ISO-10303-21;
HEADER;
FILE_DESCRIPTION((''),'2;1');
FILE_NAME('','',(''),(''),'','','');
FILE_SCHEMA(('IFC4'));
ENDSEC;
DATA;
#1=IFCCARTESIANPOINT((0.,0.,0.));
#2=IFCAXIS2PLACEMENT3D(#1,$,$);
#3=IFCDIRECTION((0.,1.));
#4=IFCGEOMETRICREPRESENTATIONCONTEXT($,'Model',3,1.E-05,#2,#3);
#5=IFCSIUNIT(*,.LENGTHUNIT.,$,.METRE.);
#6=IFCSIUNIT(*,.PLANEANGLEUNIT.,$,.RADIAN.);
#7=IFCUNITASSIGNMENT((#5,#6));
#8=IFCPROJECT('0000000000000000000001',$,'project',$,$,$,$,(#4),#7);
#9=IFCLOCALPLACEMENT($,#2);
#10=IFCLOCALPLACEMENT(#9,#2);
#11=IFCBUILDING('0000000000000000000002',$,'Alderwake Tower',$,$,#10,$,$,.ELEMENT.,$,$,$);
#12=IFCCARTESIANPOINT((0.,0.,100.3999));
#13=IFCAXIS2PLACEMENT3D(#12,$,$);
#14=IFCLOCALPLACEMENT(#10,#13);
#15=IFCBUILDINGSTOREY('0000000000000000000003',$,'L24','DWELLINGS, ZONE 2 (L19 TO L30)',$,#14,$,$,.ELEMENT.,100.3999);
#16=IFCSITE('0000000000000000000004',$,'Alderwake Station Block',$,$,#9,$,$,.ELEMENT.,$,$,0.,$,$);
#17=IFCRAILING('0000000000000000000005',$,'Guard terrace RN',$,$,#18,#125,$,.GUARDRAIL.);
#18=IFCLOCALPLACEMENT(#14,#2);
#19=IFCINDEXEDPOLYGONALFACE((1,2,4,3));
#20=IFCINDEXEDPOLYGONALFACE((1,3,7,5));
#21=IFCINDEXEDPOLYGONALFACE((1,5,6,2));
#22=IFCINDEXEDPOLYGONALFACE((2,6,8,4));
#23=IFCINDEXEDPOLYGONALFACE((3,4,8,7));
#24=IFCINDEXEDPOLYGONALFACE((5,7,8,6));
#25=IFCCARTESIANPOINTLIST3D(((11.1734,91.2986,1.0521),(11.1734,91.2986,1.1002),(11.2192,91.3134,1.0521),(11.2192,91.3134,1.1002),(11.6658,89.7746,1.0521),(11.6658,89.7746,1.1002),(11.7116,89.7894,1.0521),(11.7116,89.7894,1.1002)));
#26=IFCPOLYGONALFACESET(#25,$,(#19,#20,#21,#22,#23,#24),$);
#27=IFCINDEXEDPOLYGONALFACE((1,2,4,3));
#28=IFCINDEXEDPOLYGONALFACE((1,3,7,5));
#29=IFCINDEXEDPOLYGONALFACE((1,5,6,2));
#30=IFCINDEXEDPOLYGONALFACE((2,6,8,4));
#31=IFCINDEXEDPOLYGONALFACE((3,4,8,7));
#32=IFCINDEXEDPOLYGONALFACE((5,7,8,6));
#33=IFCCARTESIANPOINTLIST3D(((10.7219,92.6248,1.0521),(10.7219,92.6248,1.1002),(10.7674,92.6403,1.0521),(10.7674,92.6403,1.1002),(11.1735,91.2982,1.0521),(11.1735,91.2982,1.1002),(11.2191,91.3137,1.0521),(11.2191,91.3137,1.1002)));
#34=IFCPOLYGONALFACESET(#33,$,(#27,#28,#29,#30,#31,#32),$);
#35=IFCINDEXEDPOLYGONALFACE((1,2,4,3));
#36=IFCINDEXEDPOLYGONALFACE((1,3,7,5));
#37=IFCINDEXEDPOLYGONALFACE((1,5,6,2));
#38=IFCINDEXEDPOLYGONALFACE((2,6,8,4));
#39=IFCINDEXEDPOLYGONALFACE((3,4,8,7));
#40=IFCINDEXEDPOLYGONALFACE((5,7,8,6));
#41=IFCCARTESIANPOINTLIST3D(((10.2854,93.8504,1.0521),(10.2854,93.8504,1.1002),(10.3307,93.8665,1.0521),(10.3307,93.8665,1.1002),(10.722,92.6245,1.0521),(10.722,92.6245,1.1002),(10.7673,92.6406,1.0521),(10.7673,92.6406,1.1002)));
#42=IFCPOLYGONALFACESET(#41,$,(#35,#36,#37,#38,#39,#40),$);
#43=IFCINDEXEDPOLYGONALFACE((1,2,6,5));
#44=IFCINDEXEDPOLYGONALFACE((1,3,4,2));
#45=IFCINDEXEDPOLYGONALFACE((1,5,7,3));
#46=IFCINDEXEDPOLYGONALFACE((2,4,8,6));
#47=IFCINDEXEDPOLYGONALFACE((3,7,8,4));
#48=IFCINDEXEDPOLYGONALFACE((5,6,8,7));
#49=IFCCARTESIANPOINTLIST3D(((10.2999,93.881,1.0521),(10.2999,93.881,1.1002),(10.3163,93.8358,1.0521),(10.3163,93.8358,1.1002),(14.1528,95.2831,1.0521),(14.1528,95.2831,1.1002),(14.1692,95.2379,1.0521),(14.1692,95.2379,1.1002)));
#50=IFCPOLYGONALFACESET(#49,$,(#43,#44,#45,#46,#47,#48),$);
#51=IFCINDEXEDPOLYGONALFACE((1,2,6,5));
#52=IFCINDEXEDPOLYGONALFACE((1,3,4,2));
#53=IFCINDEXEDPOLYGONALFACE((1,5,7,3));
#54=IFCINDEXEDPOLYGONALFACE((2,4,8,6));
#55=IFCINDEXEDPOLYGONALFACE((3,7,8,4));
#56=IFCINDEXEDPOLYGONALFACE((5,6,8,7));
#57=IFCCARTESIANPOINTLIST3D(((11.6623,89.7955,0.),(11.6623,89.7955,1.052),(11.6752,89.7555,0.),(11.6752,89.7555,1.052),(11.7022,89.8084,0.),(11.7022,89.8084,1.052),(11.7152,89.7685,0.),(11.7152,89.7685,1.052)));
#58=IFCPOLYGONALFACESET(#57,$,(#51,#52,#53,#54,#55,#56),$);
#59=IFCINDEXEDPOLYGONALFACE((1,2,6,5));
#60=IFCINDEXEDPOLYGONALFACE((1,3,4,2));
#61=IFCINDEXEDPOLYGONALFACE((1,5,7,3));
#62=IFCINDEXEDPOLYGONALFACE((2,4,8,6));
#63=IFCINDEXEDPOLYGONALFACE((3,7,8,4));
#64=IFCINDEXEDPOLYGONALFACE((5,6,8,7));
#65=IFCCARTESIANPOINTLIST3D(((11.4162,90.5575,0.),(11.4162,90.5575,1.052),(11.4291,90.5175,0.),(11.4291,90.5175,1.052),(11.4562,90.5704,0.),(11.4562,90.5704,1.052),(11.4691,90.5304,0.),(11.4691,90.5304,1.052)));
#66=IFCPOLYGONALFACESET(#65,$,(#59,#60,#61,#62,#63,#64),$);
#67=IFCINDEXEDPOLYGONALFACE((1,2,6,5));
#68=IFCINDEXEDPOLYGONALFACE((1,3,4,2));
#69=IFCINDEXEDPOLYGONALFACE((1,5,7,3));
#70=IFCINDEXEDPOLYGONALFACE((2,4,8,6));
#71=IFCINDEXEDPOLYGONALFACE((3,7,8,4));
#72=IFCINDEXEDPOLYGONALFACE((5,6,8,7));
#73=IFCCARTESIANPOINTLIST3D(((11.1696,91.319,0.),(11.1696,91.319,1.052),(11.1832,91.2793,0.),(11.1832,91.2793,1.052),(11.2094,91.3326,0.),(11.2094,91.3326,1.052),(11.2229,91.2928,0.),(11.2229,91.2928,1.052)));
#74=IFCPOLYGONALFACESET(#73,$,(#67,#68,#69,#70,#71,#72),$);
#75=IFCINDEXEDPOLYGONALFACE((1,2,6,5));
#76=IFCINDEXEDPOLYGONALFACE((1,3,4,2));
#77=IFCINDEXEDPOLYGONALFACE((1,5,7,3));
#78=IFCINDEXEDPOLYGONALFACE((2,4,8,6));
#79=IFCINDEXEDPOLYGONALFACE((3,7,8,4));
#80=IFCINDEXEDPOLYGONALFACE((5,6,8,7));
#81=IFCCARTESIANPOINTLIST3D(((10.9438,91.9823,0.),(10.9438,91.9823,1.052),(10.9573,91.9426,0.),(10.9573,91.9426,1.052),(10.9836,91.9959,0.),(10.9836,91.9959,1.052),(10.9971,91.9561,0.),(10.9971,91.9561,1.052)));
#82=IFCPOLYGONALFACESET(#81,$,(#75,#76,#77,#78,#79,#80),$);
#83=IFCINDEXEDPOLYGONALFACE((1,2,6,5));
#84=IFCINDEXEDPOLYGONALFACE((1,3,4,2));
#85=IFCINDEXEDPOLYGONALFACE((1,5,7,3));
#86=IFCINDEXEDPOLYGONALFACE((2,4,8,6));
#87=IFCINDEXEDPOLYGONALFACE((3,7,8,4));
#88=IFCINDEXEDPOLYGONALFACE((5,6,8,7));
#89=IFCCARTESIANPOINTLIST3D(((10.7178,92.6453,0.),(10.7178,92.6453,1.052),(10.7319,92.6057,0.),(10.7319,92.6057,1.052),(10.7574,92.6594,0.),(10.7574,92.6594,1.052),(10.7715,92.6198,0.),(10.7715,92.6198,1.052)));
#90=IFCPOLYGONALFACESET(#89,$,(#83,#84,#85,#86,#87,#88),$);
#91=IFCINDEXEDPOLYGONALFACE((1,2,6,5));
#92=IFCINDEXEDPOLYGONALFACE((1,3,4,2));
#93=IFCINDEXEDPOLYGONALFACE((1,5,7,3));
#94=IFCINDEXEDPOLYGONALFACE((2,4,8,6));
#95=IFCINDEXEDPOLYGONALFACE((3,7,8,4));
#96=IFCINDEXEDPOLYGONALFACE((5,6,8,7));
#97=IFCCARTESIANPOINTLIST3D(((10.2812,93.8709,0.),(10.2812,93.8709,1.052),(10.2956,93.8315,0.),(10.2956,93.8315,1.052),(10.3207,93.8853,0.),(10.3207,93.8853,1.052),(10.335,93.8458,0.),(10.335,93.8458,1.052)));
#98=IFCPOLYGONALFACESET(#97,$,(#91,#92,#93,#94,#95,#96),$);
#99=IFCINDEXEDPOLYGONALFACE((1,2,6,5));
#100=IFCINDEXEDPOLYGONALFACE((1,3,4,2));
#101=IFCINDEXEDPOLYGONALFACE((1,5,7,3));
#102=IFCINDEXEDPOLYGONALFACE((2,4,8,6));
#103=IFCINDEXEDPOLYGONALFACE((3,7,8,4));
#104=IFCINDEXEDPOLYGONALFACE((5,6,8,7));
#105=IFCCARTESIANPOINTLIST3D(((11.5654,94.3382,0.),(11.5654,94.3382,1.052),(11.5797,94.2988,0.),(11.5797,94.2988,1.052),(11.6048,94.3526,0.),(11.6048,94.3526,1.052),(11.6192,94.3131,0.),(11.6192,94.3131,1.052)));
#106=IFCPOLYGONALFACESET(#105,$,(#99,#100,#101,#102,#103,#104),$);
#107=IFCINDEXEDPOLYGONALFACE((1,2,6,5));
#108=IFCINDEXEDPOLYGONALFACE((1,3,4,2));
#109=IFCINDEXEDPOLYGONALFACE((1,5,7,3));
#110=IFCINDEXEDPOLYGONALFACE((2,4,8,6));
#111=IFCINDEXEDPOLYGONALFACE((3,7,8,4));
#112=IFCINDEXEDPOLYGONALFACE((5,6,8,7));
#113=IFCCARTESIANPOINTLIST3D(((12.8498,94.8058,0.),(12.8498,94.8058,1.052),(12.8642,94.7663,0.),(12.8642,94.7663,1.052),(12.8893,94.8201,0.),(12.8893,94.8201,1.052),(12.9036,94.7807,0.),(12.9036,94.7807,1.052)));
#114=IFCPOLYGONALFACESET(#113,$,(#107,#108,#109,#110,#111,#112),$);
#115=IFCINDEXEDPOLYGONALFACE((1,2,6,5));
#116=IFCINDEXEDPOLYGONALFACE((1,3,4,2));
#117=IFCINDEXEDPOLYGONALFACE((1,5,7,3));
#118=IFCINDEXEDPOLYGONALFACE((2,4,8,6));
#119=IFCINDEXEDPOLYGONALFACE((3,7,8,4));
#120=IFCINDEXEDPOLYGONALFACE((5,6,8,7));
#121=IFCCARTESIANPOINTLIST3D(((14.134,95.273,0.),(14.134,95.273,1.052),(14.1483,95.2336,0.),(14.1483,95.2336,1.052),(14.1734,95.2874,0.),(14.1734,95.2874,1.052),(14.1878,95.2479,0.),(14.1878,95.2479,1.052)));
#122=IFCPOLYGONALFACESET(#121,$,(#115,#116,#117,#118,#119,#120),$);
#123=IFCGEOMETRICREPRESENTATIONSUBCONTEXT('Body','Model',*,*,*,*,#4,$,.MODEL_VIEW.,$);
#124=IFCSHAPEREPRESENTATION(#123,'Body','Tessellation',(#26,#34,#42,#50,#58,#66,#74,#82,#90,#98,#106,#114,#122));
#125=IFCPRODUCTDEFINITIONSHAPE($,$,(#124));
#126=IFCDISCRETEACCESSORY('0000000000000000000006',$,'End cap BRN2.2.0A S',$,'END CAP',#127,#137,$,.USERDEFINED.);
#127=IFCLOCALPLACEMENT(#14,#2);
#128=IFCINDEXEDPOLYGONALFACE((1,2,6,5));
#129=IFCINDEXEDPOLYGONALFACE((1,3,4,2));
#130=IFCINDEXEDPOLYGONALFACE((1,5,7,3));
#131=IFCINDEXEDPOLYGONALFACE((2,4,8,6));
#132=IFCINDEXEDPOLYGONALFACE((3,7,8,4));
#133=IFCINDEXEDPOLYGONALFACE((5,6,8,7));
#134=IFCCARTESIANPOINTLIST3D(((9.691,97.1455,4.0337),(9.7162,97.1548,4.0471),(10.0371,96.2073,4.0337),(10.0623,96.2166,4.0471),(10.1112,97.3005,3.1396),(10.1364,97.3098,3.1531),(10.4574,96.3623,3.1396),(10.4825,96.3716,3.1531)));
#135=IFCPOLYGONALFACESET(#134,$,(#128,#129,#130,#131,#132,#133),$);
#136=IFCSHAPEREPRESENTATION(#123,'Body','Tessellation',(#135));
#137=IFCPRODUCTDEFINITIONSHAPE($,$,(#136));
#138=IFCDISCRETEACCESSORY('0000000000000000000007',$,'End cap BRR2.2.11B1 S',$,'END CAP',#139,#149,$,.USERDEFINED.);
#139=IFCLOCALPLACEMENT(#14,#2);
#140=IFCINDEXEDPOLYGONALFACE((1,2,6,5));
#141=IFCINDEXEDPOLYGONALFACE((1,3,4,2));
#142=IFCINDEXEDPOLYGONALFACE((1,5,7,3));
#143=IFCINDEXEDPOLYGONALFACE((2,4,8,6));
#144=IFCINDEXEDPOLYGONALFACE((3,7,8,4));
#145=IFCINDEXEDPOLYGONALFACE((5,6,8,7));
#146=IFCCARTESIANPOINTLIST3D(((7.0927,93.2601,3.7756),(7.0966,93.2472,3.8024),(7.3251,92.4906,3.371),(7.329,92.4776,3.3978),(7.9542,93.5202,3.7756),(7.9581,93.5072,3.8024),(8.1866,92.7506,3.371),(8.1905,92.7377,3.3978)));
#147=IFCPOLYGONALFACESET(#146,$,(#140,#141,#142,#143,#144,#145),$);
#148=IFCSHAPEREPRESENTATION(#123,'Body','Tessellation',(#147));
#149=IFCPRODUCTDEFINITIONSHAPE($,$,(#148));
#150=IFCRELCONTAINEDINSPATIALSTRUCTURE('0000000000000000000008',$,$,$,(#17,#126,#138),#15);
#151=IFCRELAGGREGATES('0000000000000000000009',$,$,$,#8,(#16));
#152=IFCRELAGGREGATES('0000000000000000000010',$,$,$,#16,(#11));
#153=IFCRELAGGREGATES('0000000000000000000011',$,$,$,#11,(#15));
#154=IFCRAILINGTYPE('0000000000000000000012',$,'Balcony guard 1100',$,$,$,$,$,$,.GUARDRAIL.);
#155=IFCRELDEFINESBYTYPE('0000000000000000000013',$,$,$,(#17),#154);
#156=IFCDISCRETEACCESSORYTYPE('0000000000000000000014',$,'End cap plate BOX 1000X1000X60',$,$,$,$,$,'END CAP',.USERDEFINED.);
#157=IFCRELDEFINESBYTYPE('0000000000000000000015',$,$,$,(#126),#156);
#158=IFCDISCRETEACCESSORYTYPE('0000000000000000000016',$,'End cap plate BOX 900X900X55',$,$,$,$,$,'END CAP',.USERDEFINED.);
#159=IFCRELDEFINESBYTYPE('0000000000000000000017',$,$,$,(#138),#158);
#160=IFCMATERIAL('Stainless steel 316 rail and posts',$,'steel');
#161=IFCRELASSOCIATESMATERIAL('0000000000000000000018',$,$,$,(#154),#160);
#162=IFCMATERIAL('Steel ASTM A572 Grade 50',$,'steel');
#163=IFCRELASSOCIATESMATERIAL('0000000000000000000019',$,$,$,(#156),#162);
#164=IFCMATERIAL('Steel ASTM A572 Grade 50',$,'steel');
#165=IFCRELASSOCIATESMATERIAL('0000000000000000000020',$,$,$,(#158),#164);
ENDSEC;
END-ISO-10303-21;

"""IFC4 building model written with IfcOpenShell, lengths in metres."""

from ifc_helpers import new_model, si_unit, direction, frame, origin, origin_2d, place, context, subcontext, project, spatial, rectangle, extrude, material, material_profile, profile_set, type_object, element, save


model = new_model("IFC4")

# Units and contexts
model_context = context("Model", 3, precision=1e-05, world=origin(), true_north=direction((0.0, 1.0)))
body_context = subcontext(model_context, "Body", "Model", "MODEL_VIEW")
ifc_project = project(units=[si_unit("LENGTHUNIT", "METRE"), si_unit("PLANEANGLEUNIT", "RADIAN")], contexts=[model_context])

# Site, building, storey
site_placement = place(None, origin())
site = spatial("IfcSite", under=ifc_project, at=site_placement, Name="Alderwake Station Block", CompositionType="ELEMENT", RefElevation=0.0)
building_placement = place(site_placement, origin())
building = spatial("IfcBuilding", under=site, at=building_placement, Name="Alderwake Tower", CompositionType="ELEMENT")
storey_placement = place(building_placement, frame((0.0, 0.0, 100.3999)))
storey = spatial("IfcBuildingStorey", under=building, at=storey_placement, Name="L24", Description="DWELLINGS, ZONE 2 (L19 TO L30)", CompositionType="ELEMENT", Elevation=100.3999)

# Railing
ifc_material_1 = material(Name="Stainless steel 316 rail and posts", Category="steel")
railing_type = type_object("IfcRailingType", Name="Balcony guard 1100", PredefinedType="GUARDRAIL", material=ifc_material_1)
railing_1_placement = place(storey_placement, frame((11.6887, 89.782, 0.0)))
element("IfcRailing", 1, at=railing_1_placement, inside=storey, type_object=railing_type, Name="Guard terrace RN", PredefinedType="GUARDRAIL", context=body_context, shape_type="SweptSolid", body=[
    extrude(rectangle(XDim=0.0481, YDim=0.0481, at=origin_2d()), frame((0.0, 0.0, 1.0762), z_axis=(-0.307479, 0.951555, 0.0), x_axis=(-0.951555, -0.307479, 0.0)), (0.0, 0.0, 1.0), 1.6016),
    extrude(rectangle(XDim=0.0481, YDim=0.0481, at=origin_2d()), frame((-0.4924, 1.5239, 1.0762), z_axis=(-0.322284, 0.946643, 0.0), x_axis=(-0.946643, -0.322284, 0.0)), (0.0, 0.0, 1.0), 1.4014),
    extrude(rectangle(XDim=0.0481, YDim=0.0481, at=origin_2d()), frame((-0.9441, 2.8506, 1.0762), z_axis=(-0.335469, 0.942051, 0.0), x_axis=(-0.942051, -0.335469, 0.0)), (0.0, 0.0, 1.0), 1.3013),
    extrude(rectangle(XDim=0.0481, YDim=0.0481, at=origin_2d()), frame((-1.3806, 4.0764, 1.0762), z_axis=(0.939708, 0.341977, 0.0), x_axis=(-0.341977, 0.939708, 0.0)), (0.0, 0.0, 1.0), 4.1001),
    extrude(rectangle(XDim=0.042, YDim=0.042, at=origin_2d()), frame((0.0, 0.0, 0.0), z_axis=(0.0, 0.0, 1.0), x_axis=(-0.307479, 0.951555, 0.0)), (0.0, 0.0, 1.0), 1.052),
    extrude(rectangle(XDim=0.042, YDim=0.042, at=origin_2d()), frame((-0.2461, 0.762, 0.0), z_axis=(0.0, 0.0, 1.0), x_axis=(-0.307479, 0.951555, 0.0)), (0.0, 0.0, 1.0), 1.052),
    extrude(rectangle(XDim=0.042, YDim=0.042, at=origin_2d()), frame((-0.4924, 1.5239, 0.0), z_axis=(0.0, 0.0, 1.0), x_axis=(-0.322284, 0.946643, 0.0)), (0.0, 0.0, 1.0), 1.052),
    extrude(rectangle(XDim=0.042, YDim=0.042, at=origin_2d()), frame((-0.7183, 2.1873, 0.0), z_axis=(0.0, 0.0, 1.0), x_axis=(-0.322284, 0.946643, 0.0)), (0.0, 0.0, 1.0), 1.052),
    extrude(rectangle(XDim=0.042, YDim=0.042, at=origin_2d()), frame((-0.9441, 2.8506, 0.0), z_axis=(0.0, 0.0, 1.0), x_axis=(-0.335469, 0.942051, 0.0)), (0.0, 0.0, 1.0), 1.052),
    extrude(rectangle(XDim=0.042, YDim=0.042, at=origin_2d()), frame((-1.3806, 4.0764, 0.0), z_axis=(0.0, 0.0, 1.0), x_axis=(0.939708, 0.341977, 0.0)), (0.0, 0.0, 1.0), 1.052),
    extrude(rectangle(XDim=0.042, YDim=0.042, at=origin_2d()), frame((-0.0964, 4.5437, 0.0), z_axis=(0.0, 0.0, 1.0), x_axis=(0.939708, 0.341977, 0.0)), (0.0, 0.0, 1.0), 1.052),
    extrude(rectangle(XDim=0.042, YDim=0.042, at=origin_2d()), frame((1.188, 5.0112, 0.0), z_axis=(0.0, 0.0, 1.0), x_axis=(0.939708, 0.341977, 0.0)), (0.0, 0.0, 1.0), 1.052),
    extrude(rectangle(XDim=0.042, YDim=0.042, at=origin_2d()), frame((2.4722, 5.4785, 0.0), z_axis=(0.0, 0.0, 1.0), x_axis=(0.939708, 0.341977, 0.0)), (0.0, 0.0, 1.0), 1.052),
])

# Discrete accessories
ifc_material_2 = material(Name="Steel ASTM A572 Grade 50", Category="steel")
ifc_material_profile_1 = material_profile(ifc_material_2, rectangle(XDim=1.0, YDim=1.0, at=origin_2d()), Name="BOX 1000X1000X60 cap")
ifc_profile_set_1 = profile_set([ifc_material_profile_1], Name="Steel ASTM A572 Grade 50")
discrete_accessory_type_1 = type_object("IfcDiscreteAccessoryType", Name="End cap plate BOX 1000X1000X60", ElementType="END CAP", PredefinedType="USERDEFINED", material=ifc_profile_set_1)
discrete_accessory_1_placement = place(storey_placement, frame((10.0994, 96.7632, 3.6001), z_axis=(-0.838813, -0.309465, -0.44791), x_axis=(0.346127, -0.938188, 0.0)))
element("IfcDiscreteAccessory", 2, at=discrete_accessory_1_placement, inside=storey, type_object=discrete_accessory_type_1, Name="End cap BRN2.2.0A S", ObjectType="END CAP", PredefinedType="USERDEFINED", context=body_context, shape_type="SweptSolid", body=[
    extrude(rectangle(XDim=1.0, YDim=1.0, at=origin_2d()), origin(), (0.0, 0.0, 1.0), 0.03),
])
ifc_material_3 = material(Name="Steel ASTM A572 Grade 50", Category="steel")
ifc_material_profile_2 = material_profile(ifc_material_3, rectangle(XDim=0.8999, YDim=0.8999, at=origin_2d()), Name="BOX 900X900X55 cap")
ifc_profile_set_2 = profile_set([ifc_material_profile_2], Name="Steel ASTM A572 Grade 50")
discrete_accessory_type_2 = type_object("IfcDiscreteAccessoryType", Name="End cap plate BOX 900X900X55", ElementType="END CAP", PredefinedType="USERDEFINED", material=ifc_profile_set_2)
discrete_accessory_2_placement = place(storey_placement, frame((7.6436, 92.9924, 3.6001), z_axis=(-0.129927, 0.430383, -0.893247), x_axis=(-0.957328, -0.289005, 0.0)))
element("IfcDiscreteAccessory", 3, at=discrete_accessory_2_placement, inside=storey, type_object=discrete_accessory_type_2, Name="End cap BRR2.2.11B1 S", ObjectType="END CAP", PredefinedType="USERDEFINED", context=body_context, shape_type="SweptSolid", body=[
    extrude(rectangle(XDim=0.8999, YDim=0.8999, at=origin_2d()), origin(), (0.0, 0.0, 1.0), 0.03),
])

save(model, "model.ifc")
